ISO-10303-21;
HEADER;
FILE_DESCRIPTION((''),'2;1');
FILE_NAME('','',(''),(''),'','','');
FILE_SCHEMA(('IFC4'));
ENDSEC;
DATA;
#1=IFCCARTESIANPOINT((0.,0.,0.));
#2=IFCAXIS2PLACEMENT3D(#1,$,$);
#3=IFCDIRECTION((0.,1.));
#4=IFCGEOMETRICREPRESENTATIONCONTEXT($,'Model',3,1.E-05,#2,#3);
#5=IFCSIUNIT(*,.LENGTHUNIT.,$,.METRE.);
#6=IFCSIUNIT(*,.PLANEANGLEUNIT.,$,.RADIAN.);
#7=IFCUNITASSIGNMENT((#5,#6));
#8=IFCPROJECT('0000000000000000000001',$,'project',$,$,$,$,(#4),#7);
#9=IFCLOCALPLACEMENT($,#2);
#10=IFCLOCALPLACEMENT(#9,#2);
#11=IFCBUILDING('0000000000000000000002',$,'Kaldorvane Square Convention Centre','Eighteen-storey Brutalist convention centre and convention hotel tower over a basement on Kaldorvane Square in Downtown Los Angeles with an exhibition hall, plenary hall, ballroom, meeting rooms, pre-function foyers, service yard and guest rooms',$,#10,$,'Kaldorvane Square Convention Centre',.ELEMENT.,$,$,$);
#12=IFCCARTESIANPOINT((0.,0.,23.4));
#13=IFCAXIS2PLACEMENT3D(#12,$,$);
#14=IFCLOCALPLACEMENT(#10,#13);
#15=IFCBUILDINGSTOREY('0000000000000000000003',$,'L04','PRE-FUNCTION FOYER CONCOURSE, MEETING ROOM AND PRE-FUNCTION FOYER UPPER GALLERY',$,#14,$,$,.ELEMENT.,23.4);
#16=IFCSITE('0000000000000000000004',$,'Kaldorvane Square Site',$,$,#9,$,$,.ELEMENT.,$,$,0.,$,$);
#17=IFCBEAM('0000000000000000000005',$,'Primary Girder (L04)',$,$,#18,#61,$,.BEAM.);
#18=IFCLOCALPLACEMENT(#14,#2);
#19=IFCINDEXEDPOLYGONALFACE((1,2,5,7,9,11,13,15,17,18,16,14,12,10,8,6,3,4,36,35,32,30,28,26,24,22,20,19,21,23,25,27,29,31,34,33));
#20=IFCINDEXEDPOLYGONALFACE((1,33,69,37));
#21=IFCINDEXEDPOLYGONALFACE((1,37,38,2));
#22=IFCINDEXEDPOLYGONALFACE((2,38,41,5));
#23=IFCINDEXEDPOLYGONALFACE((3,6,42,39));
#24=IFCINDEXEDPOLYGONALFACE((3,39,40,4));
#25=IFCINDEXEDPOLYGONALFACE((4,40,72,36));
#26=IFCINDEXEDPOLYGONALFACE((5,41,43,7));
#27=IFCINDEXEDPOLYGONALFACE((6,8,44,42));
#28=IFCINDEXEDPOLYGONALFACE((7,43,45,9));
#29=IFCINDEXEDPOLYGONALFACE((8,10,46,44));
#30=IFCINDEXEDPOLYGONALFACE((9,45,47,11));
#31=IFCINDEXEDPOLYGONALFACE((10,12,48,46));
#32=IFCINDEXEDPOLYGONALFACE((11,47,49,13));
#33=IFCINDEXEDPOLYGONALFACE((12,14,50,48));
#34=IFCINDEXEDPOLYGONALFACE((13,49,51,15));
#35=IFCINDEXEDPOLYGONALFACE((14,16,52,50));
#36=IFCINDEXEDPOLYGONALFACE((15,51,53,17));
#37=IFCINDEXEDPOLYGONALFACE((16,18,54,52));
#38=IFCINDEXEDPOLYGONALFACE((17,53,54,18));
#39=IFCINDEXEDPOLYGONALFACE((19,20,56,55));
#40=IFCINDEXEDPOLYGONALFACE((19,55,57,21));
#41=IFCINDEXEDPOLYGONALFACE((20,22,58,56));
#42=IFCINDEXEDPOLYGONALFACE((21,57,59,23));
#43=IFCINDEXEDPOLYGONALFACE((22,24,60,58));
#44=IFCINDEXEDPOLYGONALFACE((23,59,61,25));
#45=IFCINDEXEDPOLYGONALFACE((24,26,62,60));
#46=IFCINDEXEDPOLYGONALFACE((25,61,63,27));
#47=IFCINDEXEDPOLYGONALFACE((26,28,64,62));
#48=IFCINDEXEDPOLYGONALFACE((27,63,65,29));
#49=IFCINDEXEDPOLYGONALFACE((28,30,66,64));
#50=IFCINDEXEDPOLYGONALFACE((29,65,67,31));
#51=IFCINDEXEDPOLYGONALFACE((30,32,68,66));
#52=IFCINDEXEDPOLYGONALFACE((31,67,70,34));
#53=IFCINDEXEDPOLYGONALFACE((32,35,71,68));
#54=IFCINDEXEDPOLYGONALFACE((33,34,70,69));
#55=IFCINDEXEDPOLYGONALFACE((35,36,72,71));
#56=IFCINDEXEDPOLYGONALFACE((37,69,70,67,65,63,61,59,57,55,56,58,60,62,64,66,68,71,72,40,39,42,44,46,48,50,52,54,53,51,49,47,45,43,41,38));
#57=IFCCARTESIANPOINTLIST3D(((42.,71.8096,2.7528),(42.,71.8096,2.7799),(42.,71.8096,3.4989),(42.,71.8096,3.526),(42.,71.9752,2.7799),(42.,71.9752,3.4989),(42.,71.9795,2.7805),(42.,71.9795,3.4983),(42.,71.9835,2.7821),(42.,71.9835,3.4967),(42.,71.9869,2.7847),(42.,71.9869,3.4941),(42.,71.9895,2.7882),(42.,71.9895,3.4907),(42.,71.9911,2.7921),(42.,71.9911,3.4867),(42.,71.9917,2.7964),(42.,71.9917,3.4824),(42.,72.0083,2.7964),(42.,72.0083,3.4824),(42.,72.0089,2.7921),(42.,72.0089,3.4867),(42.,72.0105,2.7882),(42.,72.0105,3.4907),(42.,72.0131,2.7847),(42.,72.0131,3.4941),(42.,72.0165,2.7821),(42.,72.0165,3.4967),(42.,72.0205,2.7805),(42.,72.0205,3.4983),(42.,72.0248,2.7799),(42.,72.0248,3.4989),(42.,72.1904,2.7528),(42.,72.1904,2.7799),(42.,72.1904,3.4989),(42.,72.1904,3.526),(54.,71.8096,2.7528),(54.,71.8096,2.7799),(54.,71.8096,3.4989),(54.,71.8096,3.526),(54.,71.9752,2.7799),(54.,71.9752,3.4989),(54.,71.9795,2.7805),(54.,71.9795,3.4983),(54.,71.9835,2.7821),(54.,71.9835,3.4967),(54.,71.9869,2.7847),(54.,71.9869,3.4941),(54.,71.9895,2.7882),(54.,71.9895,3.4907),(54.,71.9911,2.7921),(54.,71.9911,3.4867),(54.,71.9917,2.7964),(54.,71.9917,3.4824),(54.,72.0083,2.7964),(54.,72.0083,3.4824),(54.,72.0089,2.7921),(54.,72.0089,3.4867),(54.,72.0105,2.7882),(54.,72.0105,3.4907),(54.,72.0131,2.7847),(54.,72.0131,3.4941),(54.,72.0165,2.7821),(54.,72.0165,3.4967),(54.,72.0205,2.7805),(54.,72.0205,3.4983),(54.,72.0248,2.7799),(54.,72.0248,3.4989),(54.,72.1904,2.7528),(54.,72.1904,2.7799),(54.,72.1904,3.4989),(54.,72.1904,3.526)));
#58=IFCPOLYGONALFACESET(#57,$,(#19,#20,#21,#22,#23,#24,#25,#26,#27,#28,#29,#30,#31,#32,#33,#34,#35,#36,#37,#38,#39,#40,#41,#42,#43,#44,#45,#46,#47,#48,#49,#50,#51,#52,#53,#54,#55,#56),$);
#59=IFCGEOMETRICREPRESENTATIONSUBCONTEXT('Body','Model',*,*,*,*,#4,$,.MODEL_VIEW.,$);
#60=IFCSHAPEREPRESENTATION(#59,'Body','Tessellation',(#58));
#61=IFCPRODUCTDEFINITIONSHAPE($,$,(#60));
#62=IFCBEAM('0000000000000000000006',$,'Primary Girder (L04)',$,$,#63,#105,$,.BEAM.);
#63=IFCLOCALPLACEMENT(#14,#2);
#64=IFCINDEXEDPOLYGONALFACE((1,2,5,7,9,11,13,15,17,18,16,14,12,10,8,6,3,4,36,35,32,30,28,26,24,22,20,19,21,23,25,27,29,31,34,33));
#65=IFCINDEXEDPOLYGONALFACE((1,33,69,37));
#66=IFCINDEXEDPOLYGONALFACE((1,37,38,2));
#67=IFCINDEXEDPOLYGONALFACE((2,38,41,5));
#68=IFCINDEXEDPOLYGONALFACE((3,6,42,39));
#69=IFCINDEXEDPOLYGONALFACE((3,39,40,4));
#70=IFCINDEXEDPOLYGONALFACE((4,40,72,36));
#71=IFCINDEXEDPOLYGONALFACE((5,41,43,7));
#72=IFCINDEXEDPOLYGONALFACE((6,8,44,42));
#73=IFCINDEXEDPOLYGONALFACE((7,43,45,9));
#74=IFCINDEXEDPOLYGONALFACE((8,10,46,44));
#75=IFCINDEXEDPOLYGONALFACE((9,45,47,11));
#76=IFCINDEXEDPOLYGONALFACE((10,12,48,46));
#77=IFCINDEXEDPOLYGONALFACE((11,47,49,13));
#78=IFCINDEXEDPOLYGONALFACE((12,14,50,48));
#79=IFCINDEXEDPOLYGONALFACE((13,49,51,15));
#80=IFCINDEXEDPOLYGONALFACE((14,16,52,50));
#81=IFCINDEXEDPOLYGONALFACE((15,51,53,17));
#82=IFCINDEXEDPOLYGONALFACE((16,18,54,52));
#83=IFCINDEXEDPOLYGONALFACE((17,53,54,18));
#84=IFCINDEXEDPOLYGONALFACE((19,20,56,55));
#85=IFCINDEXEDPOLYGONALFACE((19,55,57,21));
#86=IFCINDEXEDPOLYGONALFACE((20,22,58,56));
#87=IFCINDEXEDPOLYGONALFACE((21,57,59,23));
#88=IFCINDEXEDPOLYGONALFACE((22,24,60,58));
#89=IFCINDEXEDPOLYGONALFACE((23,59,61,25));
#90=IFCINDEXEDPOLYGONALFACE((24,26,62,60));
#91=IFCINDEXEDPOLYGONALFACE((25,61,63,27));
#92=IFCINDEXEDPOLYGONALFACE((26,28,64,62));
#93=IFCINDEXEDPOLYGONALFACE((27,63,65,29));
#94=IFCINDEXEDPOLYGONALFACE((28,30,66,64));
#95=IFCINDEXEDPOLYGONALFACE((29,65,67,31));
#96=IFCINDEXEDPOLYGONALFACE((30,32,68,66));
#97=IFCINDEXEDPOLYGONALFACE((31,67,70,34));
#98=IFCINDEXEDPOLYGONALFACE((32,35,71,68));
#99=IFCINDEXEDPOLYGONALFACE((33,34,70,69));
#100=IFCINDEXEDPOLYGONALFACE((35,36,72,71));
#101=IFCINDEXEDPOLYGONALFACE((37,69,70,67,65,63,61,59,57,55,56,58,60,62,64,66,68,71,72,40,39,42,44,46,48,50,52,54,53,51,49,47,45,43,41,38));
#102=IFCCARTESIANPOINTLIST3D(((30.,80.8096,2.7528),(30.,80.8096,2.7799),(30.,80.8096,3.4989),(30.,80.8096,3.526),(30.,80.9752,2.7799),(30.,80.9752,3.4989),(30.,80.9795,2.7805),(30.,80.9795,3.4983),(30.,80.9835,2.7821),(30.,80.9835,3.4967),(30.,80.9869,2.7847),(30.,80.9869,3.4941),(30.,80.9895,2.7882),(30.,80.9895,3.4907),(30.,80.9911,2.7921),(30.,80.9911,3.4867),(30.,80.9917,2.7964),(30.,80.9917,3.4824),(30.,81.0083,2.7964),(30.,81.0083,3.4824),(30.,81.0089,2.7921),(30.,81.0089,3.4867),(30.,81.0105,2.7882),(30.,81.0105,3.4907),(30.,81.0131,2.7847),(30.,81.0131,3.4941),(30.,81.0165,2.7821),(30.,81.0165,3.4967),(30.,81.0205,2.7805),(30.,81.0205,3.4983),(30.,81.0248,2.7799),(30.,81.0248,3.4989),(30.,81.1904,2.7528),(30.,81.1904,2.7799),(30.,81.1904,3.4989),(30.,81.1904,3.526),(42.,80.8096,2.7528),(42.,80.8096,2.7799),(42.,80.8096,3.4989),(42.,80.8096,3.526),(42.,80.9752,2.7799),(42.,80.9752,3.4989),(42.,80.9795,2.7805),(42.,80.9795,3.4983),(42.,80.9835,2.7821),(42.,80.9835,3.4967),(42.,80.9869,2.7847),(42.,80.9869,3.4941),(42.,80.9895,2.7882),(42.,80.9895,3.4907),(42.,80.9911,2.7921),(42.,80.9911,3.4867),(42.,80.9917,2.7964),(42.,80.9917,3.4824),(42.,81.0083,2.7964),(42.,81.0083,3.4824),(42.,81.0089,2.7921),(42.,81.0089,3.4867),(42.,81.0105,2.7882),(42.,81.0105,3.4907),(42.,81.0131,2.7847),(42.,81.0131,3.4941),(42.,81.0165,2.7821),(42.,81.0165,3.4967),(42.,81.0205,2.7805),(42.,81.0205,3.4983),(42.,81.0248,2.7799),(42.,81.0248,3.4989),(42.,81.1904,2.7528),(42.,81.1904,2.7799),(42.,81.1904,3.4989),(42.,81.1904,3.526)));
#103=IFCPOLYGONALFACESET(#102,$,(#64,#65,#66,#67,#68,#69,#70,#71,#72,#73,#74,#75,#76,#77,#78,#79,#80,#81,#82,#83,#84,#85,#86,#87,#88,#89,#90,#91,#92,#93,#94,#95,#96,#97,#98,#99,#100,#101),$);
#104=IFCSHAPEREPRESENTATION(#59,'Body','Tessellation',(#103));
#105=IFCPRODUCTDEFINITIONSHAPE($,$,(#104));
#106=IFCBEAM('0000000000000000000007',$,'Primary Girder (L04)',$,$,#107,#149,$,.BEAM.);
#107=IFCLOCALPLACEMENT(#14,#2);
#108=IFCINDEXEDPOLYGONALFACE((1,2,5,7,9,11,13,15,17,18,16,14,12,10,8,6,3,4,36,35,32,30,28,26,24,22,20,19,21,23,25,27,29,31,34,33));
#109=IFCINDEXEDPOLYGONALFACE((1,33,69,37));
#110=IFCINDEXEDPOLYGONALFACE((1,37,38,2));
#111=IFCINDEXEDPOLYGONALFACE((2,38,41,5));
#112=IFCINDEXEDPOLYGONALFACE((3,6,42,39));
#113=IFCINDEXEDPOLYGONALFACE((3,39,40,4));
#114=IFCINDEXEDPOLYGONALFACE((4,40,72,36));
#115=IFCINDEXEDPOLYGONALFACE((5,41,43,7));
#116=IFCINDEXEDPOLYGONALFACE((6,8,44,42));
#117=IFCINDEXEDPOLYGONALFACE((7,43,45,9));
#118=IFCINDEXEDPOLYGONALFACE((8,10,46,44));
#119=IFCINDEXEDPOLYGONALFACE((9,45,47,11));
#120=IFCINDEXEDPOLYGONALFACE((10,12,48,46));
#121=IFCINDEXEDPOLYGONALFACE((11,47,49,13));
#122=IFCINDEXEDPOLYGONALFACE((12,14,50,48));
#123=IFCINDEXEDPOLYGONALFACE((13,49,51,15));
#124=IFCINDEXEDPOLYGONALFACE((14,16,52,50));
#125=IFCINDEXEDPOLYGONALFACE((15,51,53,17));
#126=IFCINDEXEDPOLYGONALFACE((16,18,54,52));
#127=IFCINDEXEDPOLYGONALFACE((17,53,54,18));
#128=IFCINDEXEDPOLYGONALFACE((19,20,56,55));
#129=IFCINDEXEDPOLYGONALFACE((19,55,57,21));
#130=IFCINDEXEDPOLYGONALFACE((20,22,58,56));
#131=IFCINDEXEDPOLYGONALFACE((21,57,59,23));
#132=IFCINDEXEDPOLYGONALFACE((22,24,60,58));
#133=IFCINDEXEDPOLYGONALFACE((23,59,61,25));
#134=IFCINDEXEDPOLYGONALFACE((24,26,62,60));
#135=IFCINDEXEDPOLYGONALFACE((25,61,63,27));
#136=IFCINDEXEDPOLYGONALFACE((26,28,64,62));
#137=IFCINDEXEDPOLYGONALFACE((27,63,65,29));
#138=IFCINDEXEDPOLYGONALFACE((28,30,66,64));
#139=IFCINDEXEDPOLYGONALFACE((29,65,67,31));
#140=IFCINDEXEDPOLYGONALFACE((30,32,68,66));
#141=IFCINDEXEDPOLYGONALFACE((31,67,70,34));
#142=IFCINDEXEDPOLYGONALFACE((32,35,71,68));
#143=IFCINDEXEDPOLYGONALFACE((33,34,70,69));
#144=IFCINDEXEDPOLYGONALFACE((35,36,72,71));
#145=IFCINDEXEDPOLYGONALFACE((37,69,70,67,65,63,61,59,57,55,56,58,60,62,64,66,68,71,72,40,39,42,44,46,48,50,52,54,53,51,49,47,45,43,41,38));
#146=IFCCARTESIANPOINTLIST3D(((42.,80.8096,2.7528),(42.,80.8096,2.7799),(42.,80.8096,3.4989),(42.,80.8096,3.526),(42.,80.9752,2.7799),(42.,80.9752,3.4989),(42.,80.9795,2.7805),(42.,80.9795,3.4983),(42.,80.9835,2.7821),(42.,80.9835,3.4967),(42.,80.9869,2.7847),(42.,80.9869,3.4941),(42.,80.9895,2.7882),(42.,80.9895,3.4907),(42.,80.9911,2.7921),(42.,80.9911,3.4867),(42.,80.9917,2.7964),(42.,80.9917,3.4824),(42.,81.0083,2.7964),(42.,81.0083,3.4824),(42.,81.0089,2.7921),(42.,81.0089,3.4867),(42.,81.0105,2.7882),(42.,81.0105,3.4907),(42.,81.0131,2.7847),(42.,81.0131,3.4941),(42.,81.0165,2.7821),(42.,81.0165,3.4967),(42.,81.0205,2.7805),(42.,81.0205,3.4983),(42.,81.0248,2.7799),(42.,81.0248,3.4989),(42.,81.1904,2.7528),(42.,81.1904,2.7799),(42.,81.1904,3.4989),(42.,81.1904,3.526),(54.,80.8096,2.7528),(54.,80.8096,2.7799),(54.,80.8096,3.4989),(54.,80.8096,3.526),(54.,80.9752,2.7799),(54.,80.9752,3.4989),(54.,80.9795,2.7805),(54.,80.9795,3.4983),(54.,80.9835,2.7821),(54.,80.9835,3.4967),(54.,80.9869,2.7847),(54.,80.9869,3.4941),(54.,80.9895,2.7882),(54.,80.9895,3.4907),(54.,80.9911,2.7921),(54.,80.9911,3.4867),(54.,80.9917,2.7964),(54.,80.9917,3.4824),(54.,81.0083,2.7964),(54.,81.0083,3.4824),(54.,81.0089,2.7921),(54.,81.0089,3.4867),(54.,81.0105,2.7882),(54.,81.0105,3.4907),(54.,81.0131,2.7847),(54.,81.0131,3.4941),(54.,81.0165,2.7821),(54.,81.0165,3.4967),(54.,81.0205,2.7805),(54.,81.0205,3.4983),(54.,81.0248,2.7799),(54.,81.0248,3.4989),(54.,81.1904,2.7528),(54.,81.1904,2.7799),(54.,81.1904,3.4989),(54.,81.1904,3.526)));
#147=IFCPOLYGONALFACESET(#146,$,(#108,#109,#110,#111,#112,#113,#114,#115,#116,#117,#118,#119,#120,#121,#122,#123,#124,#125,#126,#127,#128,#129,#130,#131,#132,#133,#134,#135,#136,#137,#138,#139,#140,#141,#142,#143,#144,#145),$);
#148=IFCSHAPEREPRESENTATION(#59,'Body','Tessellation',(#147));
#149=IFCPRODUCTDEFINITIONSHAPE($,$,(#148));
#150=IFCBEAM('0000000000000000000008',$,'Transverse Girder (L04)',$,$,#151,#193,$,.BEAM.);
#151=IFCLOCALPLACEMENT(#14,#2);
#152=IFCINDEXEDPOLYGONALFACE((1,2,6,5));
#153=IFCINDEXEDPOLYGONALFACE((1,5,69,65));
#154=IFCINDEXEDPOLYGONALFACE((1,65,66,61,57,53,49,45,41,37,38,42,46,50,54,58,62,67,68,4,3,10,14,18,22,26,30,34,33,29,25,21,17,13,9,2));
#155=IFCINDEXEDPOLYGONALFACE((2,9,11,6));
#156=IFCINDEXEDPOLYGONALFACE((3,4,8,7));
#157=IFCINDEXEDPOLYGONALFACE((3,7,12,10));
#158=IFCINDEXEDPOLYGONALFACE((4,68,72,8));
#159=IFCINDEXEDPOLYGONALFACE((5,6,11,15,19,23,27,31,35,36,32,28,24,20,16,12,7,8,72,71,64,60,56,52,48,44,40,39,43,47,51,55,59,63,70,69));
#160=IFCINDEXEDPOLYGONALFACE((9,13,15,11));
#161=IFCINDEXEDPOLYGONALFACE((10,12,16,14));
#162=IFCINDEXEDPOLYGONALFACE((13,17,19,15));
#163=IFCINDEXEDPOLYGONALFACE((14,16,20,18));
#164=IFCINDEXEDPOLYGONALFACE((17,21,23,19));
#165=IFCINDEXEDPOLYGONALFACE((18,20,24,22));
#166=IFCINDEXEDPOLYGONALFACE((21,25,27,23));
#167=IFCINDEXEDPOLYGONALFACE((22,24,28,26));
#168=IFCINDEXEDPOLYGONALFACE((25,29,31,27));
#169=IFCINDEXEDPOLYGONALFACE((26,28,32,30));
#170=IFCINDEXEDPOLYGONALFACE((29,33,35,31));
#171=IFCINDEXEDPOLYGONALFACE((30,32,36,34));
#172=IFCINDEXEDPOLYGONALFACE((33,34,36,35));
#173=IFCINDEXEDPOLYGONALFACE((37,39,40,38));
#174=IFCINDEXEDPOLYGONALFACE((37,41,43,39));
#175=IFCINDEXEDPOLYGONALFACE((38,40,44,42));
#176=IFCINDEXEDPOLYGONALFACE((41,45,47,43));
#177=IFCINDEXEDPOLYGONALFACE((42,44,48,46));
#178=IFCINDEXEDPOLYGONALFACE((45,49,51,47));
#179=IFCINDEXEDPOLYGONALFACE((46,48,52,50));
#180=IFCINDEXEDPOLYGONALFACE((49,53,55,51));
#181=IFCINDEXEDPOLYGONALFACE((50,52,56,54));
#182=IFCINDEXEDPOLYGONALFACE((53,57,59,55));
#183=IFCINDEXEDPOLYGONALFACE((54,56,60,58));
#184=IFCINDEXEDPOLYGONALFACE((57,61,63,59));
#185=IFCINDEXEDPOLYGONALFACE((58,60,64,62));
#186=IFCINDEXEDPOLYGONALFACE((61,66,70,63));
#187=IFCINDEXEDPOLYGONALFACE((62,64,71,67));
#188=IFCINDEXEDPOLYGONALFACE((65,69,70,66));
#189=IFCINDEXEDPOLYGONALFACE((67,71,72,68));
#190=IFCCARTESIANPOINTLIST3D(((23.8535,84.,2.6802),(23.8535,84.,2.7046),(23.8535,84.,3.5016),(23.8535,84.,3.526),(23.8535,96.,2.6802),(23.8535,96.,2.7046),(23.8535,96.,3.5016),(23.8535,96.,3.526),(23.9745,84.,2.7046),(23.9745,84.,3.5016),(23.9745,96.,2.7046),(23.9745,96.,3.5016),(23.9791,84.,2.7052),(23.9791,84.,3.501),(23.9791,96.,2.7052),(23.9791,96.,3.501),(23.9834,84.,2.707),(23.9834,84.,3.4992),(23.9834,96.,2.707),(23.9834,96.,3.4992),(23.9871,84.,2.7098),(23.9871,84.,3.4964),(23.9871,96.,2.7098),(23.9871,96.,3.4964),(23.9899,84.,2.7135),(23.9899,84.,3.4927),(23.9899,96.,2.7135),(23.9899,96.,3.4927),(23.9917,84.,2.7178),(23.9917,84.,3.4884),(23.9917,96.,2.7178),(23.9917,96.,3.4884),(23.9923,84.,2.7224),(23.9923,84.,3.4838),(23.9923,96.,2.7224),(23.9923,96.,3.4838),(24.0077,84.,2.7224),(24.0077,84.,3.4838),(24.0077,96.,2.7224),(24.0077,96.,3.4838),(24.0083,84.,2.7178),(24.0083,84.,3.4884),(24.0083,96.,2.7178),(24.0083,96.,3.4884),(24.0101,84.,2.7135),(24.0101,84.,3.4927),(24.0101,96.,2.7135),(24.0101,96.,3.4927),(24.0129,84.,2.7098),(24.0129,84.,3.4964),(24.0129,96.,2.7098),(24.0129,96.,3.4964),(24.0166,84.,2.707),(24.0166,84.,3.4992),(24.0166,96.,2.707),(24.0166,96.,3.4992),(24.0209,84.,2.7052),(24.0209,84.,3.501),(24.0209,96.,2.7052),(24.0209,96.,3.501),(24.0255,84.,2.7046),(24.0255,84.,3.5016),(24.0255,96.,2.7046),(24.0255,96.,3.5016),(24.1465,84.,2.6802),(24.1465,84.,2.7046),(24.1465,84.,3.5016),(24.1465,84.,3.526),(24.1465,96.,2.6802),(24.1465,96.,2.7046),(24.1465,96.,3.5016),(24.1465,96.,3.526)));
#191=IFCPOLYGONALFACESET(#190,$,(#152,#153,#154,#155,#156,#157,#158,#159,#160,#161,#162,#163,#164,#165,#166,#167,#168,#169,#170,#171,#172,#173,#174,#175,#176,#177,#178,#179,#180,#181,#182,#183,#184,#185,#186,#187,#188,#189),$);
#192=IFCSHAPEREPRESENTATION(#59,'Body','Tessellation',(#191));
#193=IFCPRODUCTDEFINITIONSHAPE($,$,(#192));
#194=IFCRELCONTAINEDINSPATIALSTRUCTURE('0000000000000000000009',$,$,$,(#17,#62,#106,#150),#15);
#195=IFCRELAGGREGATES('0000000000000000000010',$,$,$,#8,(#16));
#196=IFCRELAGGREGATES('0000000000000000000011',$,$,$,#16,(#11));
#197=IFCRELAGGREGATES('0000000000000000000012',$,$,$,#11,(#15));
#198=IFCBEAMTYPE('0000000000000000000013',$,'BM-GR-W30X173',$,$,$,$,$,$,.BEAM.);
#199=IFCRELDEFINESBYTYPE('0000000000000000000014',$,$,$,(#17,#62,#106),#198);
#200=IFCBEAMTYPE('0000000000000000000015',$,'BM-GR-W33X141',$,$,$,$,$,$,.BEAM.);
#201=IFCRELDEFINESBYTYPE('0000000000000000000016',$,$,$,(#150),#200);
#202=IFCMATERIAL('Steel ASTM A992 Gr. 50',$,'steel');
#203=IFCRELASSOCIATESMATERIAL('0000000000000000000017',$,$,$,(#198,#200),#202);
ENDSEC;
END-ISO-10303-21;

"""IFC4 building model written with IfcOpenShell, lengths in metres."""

from ifc_helpers import new_model, si_unit, direction, frame, origin, origin_2d, place, context, subcontext, project, spatial, i_section, extrude, material, material_profile, profile_set, type_object, element, save


model = new_model("IFC4")

# Units and contexts
model_context = context("Model", 3, precision=1e-05, world=origin(), true_north=direction((0.0, 1.0)))
body_context = subcontext(model_context, "Body", "Model", "MODEL_VIEW")
ifc_project = project(units=[si_unit("LENGTHUNIT", "METRE"), si_unit("PLANEANGLEUNIT", "RADIAN")], contexts=[model_context])

# Site, building, storey
site_placement = place(None, origin())
site = spatial("IfcSite", under=ifc_project, at=site_placement, Name="Kaldorvane Square Site", CompositionType="ELEMENT", RefElevation=0.0)
building_placement = place(site_placement, origin())
building = spatial("IfcBuilding", under=site, at=building_placement, Name="Kaldorvane Square Convention Centre", Description="Eighteen-storey Brutalist convention centre and convention hotel tower over a basement on Kaldorvane Square in Downtown Los Angeles with an exhibition hall, plenary hall, ballroom, meeting rooms, pre-function foyers, service yard and guest rooms", LongName="Kaldorvane Square Convention Centre", CompositionType="ELEMENT")
storey_placement = place(building_placement, frame((0.0, 0.0, 23.4)))
storey = spatial("IfcBuildingStorey", under=building, at=storey_placement, Name="L04", Description="PRE-FUNCTION FOYER CONCOURSE, MEETING ROOM AND PRE-FUNCTION FOYER UPPER GALLERY", CompositionType="ELEMENT", Elevation=23.4)

# Shared definitions
ifc_material_1 = material(Name="Steel ASTM A992 Gr. 50", Category="steel")

# Beams
ifc_material_profile_1 = material_profile(ifc_material_1, i_section(OverallWidth=0.3807, OverallDepth=0.7732, WebThickness=0.0166, FlangeThickness=0.0271, FilletRadius=0.0165, at=origin_2d()), Name="W30X173")
ifc_profile_set_1 = profile_set([ifc_material_profile_1], Name="Steel ASTM A992 Gr. 50")
beam_type_1 = type_object("IfcBeamType", Name="BM-GR-W30X173", PredefinedType="BEAM", material=ifc_profile_set_1)
for number, where, z_axis, x_axis, name in (
    (1, (42.0, 72.0, 3.1394), (1.0, 0.0, 0.0), (0.0, 1.0, 0.0), "Primary Girder (L04)"),
    (2, (30.0, 81.0, 3.1394), (1.0, 0.0, 0.0), (0.0, 1.0, 0.0), "Primary Girder (L04)"),
    (3, (42.0, 81.0, 3.1394), (1.0, 0.0, 0.0), (0.0, 1.0, 0.0), "Primary Girder (L04)"),
):
    element("IfcBeam", number, at=place(storey_placement, frame(where, z_axis=z_axis, x_axis=x_axis)), inside=storey, type_object=beam_type_1, Name=name, PredefinedType="BEAM", context=body_context, shape_type="SweptSolid", body=[
        extrude(i_section(OverallWidth=0.3807, OverallDepth=0.7732, WebThickness=0.0166, FlangeThickness=0.0271, FilletRadius=0.0165, at=origin_2d()), origin(), (0.0, 0.0, 1.0), 12.0),
    ])
ifc_material_profile_2 = material_profile(ifc_material_1, i_section(OverallWidth=0.293, OverallDepth=0.8458, WebThickness=0.0154, FlangeThickness=0.0244, FilletRadius=0.0178, at=origin_2d()), Name="W33X141")
ifc_profile_set_2 = profile_set([ifc_material_profile_2], Name="Steel ASTM A992 Gr. 50")
beam_type_2 = type_object("IfcBeamType", Name="BM-GR-W33X141", PredefinedType="BEAM", material=ifc_profile_set_2)
for number, where, z_axis, x_axis, name in (
    (4, (24.0, 84.0, 3.1031), (0.0, 1.0, 0.0), (-1.0, 0.0, 0.0), "Transverse Girder (L04)"),
):
    element("IfcBeam", number, at=place(storey_placement, frame(where, z_axis=z_axis, x_axis=x_axis)), inside=storey, type_object=beam_type_2, Name=name, PredefinedType="BEAM", context=body_context, shape_type="SweptSolid", body=[
        extrude(i_section(OverallWidth=0.293, OverallDepth=0.8458, WebThickness=0.0154, FlangeThickness=0.0244, FilletRadius=0.0178, at=origin_2d()), origin(), (0.0, 0.0, 1.0), 12.0),
    ])

save(model, "model.ifc")
